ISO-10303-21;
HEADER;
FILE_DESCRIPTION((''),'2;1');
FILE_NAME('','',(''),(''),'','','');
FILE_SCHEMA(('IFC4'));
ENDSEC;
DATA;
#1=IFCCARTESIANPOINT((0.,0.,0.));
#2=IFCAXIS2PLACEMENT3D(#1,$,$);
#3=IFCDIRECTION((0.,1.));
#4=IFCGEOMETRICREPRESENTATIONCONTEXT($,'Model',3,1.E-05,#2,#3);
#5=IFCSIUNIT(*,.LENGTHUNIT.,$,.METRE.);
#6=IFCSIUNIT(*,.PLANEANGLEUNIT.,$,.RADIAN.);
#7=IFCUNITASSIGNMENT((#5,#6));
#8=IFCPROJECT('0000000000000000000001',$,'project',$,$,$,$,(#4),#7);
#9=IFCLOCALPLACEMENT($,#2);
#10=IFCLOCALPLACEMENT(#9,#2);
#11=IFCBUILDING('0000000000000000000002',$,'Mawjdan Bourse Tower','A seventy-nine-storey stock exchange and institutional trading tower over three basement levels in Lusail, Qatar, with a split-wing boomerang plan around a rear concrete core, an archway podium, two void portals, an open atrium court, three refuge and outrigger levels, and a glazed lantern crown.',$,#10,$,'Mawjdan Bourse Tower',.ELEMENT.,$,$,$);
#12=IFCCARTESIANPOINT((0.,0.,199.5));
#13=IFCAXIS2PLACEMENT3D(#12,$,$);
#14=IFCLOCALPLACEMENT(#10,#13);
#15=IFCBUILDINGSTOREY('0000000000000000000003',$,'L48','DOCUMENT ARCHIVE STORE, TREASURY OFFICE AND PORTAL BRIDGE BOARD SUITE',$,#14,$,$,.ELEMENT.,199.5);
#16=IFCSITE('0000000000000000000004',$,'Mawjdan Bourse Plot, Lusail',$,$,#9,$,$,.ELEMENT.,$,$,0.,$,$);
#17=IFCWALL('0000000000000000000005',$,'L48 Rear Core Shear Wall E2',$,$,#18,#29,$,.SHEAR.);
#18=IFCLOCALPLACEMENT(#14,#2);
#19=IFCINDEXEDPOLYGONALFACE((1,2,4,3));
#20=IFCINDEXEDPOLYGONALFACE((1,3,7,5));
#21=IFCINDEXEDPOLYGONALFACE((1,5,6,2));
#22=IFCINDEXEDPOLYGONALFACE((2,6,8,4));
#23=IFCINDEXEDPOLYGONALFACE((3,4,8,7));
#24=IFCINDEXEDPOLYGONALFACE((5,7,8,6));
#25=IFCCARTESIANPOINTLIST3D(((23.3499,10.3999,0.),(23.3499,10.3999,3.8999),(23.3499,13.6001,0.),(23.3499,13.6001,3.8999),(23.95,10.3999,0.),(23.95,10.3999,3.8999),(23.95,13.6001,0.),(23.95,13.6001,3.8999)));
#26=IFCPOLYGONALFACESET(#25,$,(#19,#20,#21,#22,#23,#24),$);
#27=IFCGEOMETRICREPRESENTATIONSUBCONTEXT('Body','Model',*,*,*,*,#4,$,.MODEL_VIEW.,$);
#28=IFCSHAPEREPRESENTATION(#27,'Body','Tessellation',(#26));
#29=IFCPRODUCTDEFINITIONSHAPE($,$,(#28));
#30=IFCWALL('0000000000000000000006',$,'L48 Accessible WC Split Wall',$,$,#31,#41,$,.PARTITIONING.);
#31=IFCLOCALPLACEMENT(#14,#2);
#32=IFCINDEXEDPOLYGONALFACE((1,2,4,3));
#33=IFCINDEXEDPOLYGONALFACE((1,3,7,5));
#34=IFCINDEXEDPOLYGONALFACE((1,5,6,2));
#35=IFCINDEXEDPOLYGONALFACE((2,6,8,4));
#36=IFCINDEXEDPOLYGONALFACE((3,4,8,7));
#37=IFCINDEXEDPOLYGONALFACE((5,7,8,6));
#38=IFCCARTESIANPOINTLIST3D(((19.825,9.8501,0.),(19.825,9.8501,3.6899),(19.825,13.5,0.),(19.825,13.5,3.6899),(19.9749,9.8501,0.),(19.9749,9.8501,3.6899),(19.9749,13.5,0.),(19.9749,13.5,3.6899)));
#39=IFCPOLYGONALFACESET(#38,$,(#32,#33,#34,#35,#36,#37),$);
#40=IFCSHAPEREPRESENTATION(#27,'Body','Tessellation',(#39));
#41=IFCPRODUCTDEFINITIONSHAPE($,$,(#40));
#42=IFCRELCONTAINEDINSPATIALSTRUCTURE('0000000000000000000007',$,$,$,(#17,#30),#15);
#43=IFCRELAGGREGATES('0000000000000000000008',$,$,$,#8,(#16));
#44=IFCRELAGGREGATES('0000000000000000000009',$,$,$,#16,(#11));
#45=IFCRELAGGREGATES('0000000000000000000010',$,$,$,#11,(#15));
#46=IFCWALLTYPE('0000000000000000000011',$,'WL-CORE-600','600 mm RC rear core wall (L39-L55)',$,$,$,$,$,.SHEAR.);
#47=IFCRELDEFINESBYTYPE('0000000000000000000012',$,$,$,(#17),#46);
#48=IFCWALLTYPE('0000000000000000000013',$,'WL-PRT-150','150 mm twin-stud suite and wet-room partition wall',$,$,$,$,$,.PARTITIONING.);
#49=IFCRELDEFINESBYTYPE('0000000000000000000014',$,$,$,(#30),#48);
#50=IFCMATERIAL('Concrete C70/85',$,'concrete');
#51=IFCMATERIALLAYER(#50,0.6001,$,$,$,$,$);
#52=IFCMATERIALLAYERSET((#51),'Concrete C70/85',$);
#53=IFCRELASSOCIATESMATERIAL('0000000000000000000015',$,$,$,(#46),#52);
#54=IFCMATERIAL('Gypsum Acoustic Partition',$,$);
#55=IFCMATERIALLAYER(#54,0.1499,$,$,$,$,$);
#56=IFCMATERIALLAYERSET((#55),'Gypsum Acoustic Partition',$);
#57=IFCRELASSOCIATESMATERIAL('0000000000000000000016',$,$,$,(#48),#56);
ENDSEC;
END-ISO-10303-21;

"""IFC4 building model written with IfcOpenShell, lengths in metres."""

from ifc_helpers import new_model, si_unit, direction, frame, frame_2d, origin, place, context, subcontext, project, spatial, rectangle, extrude, material, layer, layer_set, type_object, element, save


model = new_model("IFC4")

# Units and contexts
model_context = context("Model", 3, precision=1e-05, world=origin(), true_north=direction((0.0, 1.0)))
body_context = subcontext(model_context, "Body", "Model", "MODEL_VIEW")
ifc_project = project(units=[si_unit("LENGTHUNIT", "METRE"), si_unit("PLANEANGLEUNIT", "RADIAN")], contexts=[model_context])

# Site, building, storey
site_placement = place(None, origin())
site = spatial("IfcSite", under=ifc_project, at=site_placement, Name="Mawjdan Bourse Plot, Lusail", CompositionType="ELEMENT", RefElevation=0.0)
building_placement = place(site_placement, origin())
building = spatial("IfcBuilding", under=site, at=building_placement, Name="Mawjdan Bourse Tower", Description="A seventy-nine-storey stock exchange and institutional trading tower over three basement levels in Lusail, Qatar, with a split-wing boomerang plan around a rear concrete core, an archway podium, two void portals, an open atrium court, three refuge and outrigger levels, and a glazed lantern crown.", LongName="Mawjdan Bourse Tower", CompositionType="ELEMENT")
storey_placement = place(building_placement, frame((0.0, 0.0, 199.5)))
storey = spatial("IfcBuildingStorey", under=building, at=storey_placement, Name="L48", Description="DOCUMENT ARCHIVE STORE, TREASURY OFFICE AND PORTAL BRIDGE BOARD SUITE", CompositionType="ELEMENT", Elevation=199.5)

# Shared definitions
ifc_material_1 = material(Name="Concrete C70/85", Category="concrete")

# Walls
ifc_layer_1 = layer(ifc_material_1, 0.6001)
ifc_layer_set_1 = layer_set([ifc_layer_1], Name="Concrete C70/85")
wall_type_1 = type_object("IfcWallType", Name="WL-CORE-600", Description="600 mm RC rear core wall (L39-L55)", PredefinedType="SHEAR", material=ifc_layer_set_1)
wall_1_placement = place(storey_placement, frame((23.6499, 10.3999, 0.0), z_axis=(0.0, 0.0, 1.0), x_axis=(0.0, 1.0, 0.0)))
element("IfcWall", 1, at=wall_1_placement, inside=storey, type_object=wall_type_1, Name="L48 Rear Core Shear Wall E2", PredefinedType="SHEAR", context=body_context, shape_type="SweptSolid", body=[
    extrude(rectangle(XDim=3.2002, YDim=0.6001, at=frame_2d((1.6001, 0.0))), origin(), (0.0, 0.0, 1.0), 3.8999),
])
ifc_material_2 = material(Name="Gypsum Acoustic Partition")
ifc_layer_2 = layer(ifc_material_2, 0.1499)
ifc_layer_set_2 = layer_set([ifc_layer_2], Name="Gypsum Acoustic Partition")
wall_type_2 = type_object("IfcWallType", Name="WL-PRT-150", Description="150 mm twin-stud suite and wet-room partition wall", PredefinedType="PARTITIONING", material=ifc_layer_set_2)
wall_2_placement = place(storey_placement, frame((19.8999, 9.8501, 0.0), z_axis=(0.0, 0.0, 1.0), x_axis=(0.0, 1.0, 0.0)))
element("IfcWall", 2, at=wall_2_placement, inside=storey, type_object=wall_type_2, Name="L48 Accessible WC Split Wall", PredefinedType="PARTITIONING", context=body_context, shape_type="SweptSolid", body=[
    extrude(rectangle(XDim=3.6499, YDim=0.1499, at=frame_2d((1.825, 0.0))), origin(), (0.0, 0.0, 1.0), 3.6899),
])

save(model, "model.ifc")
